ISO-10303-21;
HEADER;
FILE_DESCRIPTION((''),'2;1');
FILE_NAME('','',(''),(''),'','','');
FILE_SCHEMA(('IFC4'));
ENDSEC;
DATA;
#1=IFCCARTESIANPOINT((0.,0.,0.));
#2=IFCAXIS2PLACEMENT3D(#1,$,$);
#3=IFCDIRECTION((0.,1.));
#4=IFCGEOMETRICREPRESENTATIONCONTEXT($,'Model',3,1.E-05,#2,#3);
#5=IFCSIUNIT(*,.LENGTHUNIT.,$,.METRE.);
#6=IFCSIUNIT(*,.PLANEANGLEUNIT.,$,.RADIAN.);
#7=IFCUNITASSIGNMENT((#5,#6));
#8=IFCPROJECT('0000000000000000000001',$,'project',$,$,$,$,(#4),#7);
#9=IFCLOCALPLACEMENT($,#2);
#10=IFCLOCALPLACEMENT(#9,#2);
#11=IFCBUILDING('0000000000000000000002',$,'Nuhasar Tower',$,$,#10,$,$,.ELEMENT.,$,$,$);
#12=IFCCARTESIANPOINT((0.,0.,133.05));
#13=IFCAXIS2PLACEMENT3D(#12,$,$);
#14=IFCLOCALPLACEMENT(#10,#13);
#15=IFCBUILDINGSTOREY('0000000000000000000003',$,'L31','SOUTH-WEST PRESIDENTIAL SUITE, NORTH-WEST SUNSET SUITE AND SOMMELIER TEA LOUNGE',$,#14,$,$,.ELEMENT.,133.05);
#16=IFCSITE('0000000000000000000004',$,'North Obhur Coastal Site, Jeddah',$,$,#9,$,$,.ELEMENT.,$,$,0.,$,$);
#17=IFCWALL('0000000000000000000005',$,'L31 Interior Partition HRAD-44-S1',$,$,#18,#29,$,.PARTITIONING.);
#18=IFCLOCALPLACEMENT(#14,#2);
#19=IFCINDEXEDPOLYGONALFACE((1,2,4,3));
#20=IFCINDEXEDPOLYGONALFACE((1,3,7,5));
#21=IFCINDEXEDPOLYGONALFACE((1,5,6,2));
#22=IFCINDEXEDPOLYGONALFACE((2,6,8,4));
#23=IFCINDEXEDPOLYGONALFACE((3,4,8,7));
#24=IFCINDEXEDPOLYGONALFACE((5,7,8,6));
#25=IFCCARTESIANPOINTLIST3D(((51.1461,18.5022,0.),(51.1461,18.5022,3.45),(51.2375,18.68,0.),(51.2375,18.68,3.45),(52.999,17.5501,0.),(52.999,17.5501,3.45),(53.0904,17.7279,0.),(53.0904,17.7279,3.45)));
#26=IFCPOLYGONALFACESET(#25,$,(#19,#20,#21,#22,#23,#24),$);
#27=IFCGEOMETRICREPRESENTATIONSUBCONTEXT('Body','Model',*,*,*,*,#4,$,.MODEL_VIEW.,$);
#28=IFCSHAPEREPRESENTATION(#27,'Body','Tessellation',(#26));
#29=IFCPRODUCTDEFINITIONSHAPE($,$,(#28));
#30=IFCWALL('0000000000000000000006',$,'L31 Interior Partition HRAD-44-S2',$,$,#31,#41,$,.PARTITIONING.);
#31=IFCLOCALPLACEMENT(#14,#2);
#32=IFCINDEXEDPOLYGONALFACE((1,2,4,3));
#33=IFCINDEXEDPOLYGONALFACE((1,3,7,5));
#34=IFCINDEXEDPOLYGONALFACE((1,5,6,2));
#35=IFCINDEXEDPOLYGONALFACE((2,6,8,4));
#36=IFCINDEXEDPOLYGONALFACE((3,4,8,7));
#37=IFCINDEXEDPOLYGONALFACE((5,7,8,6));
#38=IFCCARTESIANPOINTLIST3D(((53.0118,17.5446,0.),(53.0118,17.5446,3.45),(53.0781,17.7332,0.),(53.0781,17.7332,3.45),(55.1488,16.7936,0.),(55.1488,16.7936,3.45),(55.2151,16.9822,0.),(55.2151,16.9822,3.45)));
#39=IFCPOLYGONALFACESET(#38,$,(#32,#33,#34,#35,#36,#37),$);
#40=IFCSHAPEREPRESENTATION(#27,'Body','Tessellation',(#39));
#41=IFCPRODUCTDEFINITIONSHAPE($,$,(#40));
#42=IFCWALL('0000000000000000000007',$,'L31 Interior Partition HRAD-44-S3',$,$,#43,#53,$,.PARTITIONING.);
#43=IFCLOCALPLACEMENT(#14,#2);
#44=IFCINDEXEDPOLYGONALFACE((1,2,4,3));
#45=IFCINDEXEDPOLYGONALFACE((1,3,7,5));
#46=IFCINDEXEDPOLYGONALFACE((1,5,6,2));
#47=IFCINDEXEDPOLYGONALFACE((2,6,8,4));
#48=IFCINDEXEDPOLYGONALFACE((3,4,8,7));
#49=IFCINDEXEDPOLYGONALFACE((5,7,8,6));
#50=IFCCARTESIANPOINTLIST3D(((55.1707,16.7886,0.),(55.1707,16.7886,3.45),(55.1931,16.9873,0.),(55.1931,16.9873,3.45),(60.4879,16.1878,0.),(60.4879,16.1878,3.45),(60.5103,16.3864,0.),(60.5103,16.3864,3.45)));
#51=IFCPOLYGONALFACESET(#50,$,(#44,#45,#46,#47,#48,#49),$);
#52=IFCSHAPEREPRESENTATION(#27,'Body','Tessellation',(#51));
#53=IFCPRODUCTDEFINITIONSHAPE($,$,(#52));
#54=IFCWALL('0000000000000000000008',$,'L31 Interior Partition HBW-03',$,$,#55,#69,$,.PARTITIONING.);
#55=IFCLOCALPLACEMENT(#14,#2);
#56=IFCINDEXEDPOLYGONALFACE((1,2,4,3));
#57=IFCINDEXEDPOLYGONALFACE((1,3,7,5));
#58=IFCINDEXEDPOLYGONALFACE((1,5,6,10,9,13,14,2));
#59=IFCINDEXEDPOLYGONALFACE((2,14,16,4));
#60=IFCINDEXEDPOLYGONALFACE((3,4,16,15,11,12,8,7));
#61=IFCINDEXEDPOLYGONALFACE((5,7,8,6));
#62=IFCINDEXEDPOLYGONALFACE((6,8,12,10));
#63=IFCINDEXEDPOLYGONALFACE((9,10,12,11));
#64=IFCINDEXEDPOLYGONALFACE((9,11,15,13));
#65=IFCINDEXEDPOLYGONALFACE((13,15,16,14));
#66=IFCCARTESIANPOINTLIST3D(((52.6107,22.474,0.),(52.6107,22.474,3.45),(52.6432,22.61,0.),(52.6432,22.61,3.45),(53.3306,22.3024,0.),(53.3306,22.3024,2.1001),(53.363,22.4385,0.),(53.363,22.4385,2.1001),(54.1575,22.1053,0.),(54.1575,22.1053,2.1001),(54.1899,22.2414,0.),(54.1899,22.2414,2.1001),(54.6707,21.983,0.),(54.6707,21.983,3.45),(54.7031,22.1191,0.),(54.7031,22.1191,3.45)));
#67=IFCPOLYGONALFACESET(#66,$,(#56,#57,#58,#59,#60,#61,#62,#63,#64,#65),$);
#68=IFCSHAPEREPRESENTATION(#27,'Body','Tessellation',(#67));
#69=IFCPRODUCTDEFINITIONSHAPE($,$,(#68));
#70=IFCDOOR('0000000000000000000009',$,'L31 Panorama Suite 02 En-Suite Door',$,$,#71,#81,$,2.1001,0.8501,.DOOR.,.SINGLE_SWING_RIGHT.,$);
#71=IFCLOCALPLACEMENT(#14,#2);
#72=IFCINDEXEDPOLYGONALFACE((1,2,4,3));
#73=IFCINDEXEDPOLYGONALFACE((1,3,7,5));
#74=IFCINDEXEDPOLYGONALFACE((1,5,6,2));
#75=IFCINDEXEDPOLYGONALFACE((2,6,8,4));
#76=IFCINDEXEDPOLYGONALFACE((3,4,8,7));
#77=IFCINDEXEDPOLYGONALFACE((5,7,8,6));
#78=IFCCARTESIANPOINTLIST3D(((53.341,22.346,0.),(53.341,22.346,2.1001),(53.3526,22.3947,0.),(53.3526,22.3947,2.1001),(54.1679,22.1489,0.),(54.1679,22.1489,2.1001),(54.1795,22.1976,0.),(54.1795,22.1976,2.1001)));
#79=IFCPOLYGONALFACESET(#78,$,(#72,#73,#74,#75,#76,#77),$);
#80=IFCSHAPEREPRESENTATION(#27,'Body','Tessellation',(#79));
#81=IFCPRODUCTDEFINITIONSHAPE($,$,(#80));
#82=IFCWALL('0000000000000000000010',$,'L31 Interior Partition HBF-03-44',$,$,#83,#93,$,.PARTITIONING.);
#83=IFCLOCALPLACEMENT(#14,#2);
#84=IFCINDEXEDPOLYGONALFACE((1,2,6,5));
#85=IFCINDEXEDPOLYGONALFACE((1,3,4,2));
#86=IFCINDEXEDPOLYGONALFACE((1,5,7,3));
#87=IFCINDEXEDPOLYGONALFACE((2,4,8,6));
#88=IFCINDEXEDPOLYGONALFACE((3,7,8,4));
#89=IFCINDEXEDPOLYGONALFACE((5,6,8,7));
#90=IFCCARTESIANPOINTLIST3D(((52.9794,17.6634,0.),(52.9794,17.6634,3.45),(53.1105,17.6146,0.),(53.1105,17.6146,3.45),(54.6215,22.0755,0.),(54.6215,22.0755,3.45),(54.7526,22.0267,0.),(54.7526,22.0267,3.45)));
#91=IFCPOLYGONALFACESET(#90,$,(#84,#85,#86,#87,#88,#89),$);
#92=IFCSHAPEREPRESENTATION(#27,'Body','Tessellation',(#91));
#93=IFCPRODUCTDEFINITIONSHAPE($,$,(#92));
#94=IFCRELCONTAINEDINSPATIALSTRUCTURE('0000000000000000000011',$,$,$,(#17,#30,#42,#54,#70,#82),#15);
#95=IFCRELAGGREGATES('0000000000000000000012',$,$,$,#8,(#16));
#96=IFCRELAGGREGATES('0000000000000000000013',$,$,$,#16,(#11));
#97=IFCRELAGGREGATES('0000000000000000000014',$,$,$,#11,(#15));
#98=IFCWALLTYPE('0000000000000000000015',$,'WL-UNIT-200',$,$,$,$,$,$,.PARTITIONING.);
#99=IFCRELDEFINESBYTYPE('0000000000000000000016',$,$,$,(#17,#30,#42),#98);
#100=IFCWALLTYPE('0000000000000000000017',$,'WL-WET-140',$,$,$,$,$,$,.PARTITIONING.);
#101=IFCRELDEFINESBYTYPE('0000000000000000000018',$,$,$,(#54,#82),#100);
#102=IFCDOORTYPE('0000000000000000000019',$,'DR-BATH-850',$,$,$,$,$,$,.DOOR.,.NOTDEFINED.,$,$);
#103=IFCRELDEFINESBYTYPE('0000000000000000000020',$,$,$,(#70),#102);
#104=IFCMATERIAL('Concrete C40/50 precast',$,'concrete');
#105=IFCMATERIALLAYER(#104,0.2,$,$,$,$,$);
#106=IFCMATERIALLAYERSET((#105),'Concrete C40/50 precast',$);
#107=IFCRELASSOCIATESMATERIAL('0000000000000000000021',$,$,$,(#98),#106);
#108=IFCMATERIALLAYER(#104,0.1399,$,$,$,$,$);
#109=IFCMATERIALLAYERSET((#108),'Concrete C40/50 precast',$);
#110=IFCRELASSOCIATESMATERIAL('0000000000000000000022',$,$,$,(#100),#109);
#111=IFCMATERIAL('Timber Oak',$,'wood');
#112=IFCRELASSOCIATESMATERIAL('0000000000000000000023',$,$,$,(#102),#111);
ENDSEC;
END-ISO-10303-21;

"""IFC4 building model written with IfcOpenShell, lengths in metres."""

from ifc_helpers import new_model, si_unit, direction, frame, frame_2d, origin, place, context, subcontext, project, spatial, rectangle, extrude, material, layer, layer_set, type_object, element, fill, save


model = new_model("IFC4")

# Units and contexts
model_context = context("Model", 3, precision=1e-05, world=origin(), true_north=direction((0.0, 1.0)))
body_context = subcontext(model_context, "Body", "Model", "MODEL_VIEW")
ifc_project = project(units=[si_unit("LENGTHUNIT", "METRE"), si_unit("PLANEANGLEUNIT", "RADIAN")], contexts=[model_context])

# Site, building, storey
site_placement = place(None, origin())
site = spatial("IfcSite", under=ifc_project, at=site_placement, Name="North Obhur Coastal Site, Jeddah", CompositionType="ELEMENT", RefElevation=0.0)
building_placement = place(site_placement, origin())
building = spatial("IfcBuilding", under=site, at=building_placement, Name="Nuhasar Tower", CompositionType="ELEMENT")
storey_placement = place(building_placement, frame((0.0, 0.0, 133.05)))
storey = spatial("IfcBuildingStorey", under=building, at=storey_placement, Name="L31", Description="SOUTH-WEST PRESIDENTIAL SUITE, NORTH-WEST SUNSET SUITE AND SOMMELIER TEA LOUNGE", CompositionType="ELEMENT", Elevation=133.05)

# Walls
ifc_material_1 = material(Name="Concrete C40/50 precast", Category="concrete")
ifc_layer_1 = layer(ifc_material_1, 0.2)
ifc_layer_set_1 = layer_set([ifc_layer_1], Name="Concrete C40/50 precast")
wall_type_1 = type_object("IfcWallType", Name="WL-UNIT-200", PredefinedType="PARTITIONING", material=ifc_layer_set_1)
wall_1_placement = place(storey_placement, frame((51.1919, 18.5911, 0.0), z_axis=(0.0, 0.0, 1.0), x_axis=(0.889451, -0.45703, 0.0)))
element("IfcWall", 1, at=wall_1_placement, inside=storey, type_object=wall_type_1, Name="L31 Interior Partition HRAD-44-S1", PredefinedType="PARTITIONING", context=body_context, shape_type="SweptSolid", body=[
    extrude(rectangle(XDim=2.0833, YDim=0.2, at=frame_2d((1.0415, 0.0))), origin(), (0.0, 0.0, 1.0), 3.45),
])
wall_2_placement = place(storey_placement, frame((53.0449, 17.6389, 0.0), z_axis=(0.0, 0.0, 1.0), x_axis=(0.943439, -0.331546, 0.0)))
element("IfcWall", 2, at=wall_2_placement, inside=storey, type_object=wall_type_1, Name="L31 Interior Partition HRAD-44-S2", PredefinedType="PARTITIONING", context=body_context, shape_type="SweptSolid", body=[
    extrude(rectangle(XDim=2.2651, YDim=0.2, at=frame_2d((1.1326, 0.0))), origin(), (0.0, 0.0, 1.0), 3.45),
])
wall_3_placement = place(storey_placement, frame((55.1819, 16.8879, 0.0), z_axis=(0.0, 0.0, 1.0), x_axis=(0.993676, -0.112284, 0.0)))
element("IfcWall", 3, at=wall_3_placement, inside=storey, type_object=wall_type_1, Name="L31 Interior Partition HRAD-44-S3", PredefinedType="PARTITIONING", context=body_context, shape_type="SweptSolid", body=[
    extrude(rectangle(XDim=5.3511, YDim=0.2, at=frame_2d((2.6755, 0.0))), origin(), (0.0, 0.0, 1.0), 3.45),
])

# Wall, opening, door
ifc_layer_2 = layer(ifc_material_1, 0.1399)
ifc_layer_set_2 = layer_set([ifc_layer_2], Name="Concrete C40/50 precast")
wall_type_2 = type_object("IfcWallType", Name="WL-WET-140", PredefinedType="PARTITIONING", material=ifc_layer_set_2)
wall_4_placement = place(storey_placement, frame((52.627, 22.542, 0.0), z_axis=(0.0, 0.0, 1.0), x_axis=(0.972755, -0.231834, 0.0)))
wall_4 = element("IfcWall", 4, at=wall_4_placement, inside=storey, type_object=wall_type_2, Name="L31 Interior Partition HBW-03", PredefinedType="PARTITIONING", context=body_context, shape_type="SweptSolid", body=[
    extrude(rectangle(XDim=2.1177, YDim=0.1399, at=frame_2d((1.0588, 0.0))), origin(), (0.0, 0.0, 1.0), 3.45),
])
opening_1_placement = place(wall_4_placement, frame((0.74, 0.0, 0.0)))
opening_1 = element("IfcOpeningElement", 5, at=opening_1_placement, cuts=wall_4, PredefinedType="OPENING", context=body_context, shape_type="SweptSolid", body=[
    extrude(rectangle(XDim=0.8501, YDim=2.1001, at=frame_2d((0.425, 1.05))), frame((0.0, 0.0801, 0.0), z_axis=(0.0, -1.0, 0.0), x_axis=(1.0, 0.0, 0.0)), (0.0, 0.0, 1.0), 0.1599),
])
ifc_material_2 = material(Name="Timber Oak", Category="wood")
door_type_1 = type_object("IfcDoorType", Name="DR-BATH-850", OperationType="NOTDEFINED", PredefinedType="DOOR", material=ifc_material_2)
door_1_placement = place(opening_1_placement, origin())
door_1 = element("IfcDoor", 6, at=door_1_placement, inside=storey, type_object=door_type_1, Name="L31 Panorama Suite 02 En-Suite Door", OperationType="SINGLE_SWING_RIGHT", OverallHeight=2.1001, OverallWidth=0.8501, PredefinedType="DOOR", context=body_context, shape_type="SweptSolid", body=[
    extrude(rectangle(XDim=0.8501, YDim=2.1001, at=frame_2d((0.425, 1.05))), frame((0.0, 0.0249, 0.0), z_axis=(0.0, -1.0, 0.0), x_axis=(1.0, 0.0, 0.0)), (0.0, 0.0, 1.0), 0.05),
])
fill(opening_1, door_1)

# Wall
wall_5_placement = place(storey_placement, frame((53.0449, 17.6389, 0.0), z_axis=(0.0, 0.0, 1.0), x_axis=(0.348804, 0.937196, 0.0)))
element("IfcWall", 7, at=wall_5_placement, inside=storey, type_object=wall_type_2, Name="L31 Interior Partition HBF-03-44", PredefinedType="PARTITIONING", context=body_context, shape_type="SweptSolid", body=[
    extrude(rectangle(XDim=4.7078, YDim=0.1399, at=frame_2d((2.354, 0.0))), origin(), (0.0, 0.0, 1.0), 3.45),
])

save(model, "model.ifc")
